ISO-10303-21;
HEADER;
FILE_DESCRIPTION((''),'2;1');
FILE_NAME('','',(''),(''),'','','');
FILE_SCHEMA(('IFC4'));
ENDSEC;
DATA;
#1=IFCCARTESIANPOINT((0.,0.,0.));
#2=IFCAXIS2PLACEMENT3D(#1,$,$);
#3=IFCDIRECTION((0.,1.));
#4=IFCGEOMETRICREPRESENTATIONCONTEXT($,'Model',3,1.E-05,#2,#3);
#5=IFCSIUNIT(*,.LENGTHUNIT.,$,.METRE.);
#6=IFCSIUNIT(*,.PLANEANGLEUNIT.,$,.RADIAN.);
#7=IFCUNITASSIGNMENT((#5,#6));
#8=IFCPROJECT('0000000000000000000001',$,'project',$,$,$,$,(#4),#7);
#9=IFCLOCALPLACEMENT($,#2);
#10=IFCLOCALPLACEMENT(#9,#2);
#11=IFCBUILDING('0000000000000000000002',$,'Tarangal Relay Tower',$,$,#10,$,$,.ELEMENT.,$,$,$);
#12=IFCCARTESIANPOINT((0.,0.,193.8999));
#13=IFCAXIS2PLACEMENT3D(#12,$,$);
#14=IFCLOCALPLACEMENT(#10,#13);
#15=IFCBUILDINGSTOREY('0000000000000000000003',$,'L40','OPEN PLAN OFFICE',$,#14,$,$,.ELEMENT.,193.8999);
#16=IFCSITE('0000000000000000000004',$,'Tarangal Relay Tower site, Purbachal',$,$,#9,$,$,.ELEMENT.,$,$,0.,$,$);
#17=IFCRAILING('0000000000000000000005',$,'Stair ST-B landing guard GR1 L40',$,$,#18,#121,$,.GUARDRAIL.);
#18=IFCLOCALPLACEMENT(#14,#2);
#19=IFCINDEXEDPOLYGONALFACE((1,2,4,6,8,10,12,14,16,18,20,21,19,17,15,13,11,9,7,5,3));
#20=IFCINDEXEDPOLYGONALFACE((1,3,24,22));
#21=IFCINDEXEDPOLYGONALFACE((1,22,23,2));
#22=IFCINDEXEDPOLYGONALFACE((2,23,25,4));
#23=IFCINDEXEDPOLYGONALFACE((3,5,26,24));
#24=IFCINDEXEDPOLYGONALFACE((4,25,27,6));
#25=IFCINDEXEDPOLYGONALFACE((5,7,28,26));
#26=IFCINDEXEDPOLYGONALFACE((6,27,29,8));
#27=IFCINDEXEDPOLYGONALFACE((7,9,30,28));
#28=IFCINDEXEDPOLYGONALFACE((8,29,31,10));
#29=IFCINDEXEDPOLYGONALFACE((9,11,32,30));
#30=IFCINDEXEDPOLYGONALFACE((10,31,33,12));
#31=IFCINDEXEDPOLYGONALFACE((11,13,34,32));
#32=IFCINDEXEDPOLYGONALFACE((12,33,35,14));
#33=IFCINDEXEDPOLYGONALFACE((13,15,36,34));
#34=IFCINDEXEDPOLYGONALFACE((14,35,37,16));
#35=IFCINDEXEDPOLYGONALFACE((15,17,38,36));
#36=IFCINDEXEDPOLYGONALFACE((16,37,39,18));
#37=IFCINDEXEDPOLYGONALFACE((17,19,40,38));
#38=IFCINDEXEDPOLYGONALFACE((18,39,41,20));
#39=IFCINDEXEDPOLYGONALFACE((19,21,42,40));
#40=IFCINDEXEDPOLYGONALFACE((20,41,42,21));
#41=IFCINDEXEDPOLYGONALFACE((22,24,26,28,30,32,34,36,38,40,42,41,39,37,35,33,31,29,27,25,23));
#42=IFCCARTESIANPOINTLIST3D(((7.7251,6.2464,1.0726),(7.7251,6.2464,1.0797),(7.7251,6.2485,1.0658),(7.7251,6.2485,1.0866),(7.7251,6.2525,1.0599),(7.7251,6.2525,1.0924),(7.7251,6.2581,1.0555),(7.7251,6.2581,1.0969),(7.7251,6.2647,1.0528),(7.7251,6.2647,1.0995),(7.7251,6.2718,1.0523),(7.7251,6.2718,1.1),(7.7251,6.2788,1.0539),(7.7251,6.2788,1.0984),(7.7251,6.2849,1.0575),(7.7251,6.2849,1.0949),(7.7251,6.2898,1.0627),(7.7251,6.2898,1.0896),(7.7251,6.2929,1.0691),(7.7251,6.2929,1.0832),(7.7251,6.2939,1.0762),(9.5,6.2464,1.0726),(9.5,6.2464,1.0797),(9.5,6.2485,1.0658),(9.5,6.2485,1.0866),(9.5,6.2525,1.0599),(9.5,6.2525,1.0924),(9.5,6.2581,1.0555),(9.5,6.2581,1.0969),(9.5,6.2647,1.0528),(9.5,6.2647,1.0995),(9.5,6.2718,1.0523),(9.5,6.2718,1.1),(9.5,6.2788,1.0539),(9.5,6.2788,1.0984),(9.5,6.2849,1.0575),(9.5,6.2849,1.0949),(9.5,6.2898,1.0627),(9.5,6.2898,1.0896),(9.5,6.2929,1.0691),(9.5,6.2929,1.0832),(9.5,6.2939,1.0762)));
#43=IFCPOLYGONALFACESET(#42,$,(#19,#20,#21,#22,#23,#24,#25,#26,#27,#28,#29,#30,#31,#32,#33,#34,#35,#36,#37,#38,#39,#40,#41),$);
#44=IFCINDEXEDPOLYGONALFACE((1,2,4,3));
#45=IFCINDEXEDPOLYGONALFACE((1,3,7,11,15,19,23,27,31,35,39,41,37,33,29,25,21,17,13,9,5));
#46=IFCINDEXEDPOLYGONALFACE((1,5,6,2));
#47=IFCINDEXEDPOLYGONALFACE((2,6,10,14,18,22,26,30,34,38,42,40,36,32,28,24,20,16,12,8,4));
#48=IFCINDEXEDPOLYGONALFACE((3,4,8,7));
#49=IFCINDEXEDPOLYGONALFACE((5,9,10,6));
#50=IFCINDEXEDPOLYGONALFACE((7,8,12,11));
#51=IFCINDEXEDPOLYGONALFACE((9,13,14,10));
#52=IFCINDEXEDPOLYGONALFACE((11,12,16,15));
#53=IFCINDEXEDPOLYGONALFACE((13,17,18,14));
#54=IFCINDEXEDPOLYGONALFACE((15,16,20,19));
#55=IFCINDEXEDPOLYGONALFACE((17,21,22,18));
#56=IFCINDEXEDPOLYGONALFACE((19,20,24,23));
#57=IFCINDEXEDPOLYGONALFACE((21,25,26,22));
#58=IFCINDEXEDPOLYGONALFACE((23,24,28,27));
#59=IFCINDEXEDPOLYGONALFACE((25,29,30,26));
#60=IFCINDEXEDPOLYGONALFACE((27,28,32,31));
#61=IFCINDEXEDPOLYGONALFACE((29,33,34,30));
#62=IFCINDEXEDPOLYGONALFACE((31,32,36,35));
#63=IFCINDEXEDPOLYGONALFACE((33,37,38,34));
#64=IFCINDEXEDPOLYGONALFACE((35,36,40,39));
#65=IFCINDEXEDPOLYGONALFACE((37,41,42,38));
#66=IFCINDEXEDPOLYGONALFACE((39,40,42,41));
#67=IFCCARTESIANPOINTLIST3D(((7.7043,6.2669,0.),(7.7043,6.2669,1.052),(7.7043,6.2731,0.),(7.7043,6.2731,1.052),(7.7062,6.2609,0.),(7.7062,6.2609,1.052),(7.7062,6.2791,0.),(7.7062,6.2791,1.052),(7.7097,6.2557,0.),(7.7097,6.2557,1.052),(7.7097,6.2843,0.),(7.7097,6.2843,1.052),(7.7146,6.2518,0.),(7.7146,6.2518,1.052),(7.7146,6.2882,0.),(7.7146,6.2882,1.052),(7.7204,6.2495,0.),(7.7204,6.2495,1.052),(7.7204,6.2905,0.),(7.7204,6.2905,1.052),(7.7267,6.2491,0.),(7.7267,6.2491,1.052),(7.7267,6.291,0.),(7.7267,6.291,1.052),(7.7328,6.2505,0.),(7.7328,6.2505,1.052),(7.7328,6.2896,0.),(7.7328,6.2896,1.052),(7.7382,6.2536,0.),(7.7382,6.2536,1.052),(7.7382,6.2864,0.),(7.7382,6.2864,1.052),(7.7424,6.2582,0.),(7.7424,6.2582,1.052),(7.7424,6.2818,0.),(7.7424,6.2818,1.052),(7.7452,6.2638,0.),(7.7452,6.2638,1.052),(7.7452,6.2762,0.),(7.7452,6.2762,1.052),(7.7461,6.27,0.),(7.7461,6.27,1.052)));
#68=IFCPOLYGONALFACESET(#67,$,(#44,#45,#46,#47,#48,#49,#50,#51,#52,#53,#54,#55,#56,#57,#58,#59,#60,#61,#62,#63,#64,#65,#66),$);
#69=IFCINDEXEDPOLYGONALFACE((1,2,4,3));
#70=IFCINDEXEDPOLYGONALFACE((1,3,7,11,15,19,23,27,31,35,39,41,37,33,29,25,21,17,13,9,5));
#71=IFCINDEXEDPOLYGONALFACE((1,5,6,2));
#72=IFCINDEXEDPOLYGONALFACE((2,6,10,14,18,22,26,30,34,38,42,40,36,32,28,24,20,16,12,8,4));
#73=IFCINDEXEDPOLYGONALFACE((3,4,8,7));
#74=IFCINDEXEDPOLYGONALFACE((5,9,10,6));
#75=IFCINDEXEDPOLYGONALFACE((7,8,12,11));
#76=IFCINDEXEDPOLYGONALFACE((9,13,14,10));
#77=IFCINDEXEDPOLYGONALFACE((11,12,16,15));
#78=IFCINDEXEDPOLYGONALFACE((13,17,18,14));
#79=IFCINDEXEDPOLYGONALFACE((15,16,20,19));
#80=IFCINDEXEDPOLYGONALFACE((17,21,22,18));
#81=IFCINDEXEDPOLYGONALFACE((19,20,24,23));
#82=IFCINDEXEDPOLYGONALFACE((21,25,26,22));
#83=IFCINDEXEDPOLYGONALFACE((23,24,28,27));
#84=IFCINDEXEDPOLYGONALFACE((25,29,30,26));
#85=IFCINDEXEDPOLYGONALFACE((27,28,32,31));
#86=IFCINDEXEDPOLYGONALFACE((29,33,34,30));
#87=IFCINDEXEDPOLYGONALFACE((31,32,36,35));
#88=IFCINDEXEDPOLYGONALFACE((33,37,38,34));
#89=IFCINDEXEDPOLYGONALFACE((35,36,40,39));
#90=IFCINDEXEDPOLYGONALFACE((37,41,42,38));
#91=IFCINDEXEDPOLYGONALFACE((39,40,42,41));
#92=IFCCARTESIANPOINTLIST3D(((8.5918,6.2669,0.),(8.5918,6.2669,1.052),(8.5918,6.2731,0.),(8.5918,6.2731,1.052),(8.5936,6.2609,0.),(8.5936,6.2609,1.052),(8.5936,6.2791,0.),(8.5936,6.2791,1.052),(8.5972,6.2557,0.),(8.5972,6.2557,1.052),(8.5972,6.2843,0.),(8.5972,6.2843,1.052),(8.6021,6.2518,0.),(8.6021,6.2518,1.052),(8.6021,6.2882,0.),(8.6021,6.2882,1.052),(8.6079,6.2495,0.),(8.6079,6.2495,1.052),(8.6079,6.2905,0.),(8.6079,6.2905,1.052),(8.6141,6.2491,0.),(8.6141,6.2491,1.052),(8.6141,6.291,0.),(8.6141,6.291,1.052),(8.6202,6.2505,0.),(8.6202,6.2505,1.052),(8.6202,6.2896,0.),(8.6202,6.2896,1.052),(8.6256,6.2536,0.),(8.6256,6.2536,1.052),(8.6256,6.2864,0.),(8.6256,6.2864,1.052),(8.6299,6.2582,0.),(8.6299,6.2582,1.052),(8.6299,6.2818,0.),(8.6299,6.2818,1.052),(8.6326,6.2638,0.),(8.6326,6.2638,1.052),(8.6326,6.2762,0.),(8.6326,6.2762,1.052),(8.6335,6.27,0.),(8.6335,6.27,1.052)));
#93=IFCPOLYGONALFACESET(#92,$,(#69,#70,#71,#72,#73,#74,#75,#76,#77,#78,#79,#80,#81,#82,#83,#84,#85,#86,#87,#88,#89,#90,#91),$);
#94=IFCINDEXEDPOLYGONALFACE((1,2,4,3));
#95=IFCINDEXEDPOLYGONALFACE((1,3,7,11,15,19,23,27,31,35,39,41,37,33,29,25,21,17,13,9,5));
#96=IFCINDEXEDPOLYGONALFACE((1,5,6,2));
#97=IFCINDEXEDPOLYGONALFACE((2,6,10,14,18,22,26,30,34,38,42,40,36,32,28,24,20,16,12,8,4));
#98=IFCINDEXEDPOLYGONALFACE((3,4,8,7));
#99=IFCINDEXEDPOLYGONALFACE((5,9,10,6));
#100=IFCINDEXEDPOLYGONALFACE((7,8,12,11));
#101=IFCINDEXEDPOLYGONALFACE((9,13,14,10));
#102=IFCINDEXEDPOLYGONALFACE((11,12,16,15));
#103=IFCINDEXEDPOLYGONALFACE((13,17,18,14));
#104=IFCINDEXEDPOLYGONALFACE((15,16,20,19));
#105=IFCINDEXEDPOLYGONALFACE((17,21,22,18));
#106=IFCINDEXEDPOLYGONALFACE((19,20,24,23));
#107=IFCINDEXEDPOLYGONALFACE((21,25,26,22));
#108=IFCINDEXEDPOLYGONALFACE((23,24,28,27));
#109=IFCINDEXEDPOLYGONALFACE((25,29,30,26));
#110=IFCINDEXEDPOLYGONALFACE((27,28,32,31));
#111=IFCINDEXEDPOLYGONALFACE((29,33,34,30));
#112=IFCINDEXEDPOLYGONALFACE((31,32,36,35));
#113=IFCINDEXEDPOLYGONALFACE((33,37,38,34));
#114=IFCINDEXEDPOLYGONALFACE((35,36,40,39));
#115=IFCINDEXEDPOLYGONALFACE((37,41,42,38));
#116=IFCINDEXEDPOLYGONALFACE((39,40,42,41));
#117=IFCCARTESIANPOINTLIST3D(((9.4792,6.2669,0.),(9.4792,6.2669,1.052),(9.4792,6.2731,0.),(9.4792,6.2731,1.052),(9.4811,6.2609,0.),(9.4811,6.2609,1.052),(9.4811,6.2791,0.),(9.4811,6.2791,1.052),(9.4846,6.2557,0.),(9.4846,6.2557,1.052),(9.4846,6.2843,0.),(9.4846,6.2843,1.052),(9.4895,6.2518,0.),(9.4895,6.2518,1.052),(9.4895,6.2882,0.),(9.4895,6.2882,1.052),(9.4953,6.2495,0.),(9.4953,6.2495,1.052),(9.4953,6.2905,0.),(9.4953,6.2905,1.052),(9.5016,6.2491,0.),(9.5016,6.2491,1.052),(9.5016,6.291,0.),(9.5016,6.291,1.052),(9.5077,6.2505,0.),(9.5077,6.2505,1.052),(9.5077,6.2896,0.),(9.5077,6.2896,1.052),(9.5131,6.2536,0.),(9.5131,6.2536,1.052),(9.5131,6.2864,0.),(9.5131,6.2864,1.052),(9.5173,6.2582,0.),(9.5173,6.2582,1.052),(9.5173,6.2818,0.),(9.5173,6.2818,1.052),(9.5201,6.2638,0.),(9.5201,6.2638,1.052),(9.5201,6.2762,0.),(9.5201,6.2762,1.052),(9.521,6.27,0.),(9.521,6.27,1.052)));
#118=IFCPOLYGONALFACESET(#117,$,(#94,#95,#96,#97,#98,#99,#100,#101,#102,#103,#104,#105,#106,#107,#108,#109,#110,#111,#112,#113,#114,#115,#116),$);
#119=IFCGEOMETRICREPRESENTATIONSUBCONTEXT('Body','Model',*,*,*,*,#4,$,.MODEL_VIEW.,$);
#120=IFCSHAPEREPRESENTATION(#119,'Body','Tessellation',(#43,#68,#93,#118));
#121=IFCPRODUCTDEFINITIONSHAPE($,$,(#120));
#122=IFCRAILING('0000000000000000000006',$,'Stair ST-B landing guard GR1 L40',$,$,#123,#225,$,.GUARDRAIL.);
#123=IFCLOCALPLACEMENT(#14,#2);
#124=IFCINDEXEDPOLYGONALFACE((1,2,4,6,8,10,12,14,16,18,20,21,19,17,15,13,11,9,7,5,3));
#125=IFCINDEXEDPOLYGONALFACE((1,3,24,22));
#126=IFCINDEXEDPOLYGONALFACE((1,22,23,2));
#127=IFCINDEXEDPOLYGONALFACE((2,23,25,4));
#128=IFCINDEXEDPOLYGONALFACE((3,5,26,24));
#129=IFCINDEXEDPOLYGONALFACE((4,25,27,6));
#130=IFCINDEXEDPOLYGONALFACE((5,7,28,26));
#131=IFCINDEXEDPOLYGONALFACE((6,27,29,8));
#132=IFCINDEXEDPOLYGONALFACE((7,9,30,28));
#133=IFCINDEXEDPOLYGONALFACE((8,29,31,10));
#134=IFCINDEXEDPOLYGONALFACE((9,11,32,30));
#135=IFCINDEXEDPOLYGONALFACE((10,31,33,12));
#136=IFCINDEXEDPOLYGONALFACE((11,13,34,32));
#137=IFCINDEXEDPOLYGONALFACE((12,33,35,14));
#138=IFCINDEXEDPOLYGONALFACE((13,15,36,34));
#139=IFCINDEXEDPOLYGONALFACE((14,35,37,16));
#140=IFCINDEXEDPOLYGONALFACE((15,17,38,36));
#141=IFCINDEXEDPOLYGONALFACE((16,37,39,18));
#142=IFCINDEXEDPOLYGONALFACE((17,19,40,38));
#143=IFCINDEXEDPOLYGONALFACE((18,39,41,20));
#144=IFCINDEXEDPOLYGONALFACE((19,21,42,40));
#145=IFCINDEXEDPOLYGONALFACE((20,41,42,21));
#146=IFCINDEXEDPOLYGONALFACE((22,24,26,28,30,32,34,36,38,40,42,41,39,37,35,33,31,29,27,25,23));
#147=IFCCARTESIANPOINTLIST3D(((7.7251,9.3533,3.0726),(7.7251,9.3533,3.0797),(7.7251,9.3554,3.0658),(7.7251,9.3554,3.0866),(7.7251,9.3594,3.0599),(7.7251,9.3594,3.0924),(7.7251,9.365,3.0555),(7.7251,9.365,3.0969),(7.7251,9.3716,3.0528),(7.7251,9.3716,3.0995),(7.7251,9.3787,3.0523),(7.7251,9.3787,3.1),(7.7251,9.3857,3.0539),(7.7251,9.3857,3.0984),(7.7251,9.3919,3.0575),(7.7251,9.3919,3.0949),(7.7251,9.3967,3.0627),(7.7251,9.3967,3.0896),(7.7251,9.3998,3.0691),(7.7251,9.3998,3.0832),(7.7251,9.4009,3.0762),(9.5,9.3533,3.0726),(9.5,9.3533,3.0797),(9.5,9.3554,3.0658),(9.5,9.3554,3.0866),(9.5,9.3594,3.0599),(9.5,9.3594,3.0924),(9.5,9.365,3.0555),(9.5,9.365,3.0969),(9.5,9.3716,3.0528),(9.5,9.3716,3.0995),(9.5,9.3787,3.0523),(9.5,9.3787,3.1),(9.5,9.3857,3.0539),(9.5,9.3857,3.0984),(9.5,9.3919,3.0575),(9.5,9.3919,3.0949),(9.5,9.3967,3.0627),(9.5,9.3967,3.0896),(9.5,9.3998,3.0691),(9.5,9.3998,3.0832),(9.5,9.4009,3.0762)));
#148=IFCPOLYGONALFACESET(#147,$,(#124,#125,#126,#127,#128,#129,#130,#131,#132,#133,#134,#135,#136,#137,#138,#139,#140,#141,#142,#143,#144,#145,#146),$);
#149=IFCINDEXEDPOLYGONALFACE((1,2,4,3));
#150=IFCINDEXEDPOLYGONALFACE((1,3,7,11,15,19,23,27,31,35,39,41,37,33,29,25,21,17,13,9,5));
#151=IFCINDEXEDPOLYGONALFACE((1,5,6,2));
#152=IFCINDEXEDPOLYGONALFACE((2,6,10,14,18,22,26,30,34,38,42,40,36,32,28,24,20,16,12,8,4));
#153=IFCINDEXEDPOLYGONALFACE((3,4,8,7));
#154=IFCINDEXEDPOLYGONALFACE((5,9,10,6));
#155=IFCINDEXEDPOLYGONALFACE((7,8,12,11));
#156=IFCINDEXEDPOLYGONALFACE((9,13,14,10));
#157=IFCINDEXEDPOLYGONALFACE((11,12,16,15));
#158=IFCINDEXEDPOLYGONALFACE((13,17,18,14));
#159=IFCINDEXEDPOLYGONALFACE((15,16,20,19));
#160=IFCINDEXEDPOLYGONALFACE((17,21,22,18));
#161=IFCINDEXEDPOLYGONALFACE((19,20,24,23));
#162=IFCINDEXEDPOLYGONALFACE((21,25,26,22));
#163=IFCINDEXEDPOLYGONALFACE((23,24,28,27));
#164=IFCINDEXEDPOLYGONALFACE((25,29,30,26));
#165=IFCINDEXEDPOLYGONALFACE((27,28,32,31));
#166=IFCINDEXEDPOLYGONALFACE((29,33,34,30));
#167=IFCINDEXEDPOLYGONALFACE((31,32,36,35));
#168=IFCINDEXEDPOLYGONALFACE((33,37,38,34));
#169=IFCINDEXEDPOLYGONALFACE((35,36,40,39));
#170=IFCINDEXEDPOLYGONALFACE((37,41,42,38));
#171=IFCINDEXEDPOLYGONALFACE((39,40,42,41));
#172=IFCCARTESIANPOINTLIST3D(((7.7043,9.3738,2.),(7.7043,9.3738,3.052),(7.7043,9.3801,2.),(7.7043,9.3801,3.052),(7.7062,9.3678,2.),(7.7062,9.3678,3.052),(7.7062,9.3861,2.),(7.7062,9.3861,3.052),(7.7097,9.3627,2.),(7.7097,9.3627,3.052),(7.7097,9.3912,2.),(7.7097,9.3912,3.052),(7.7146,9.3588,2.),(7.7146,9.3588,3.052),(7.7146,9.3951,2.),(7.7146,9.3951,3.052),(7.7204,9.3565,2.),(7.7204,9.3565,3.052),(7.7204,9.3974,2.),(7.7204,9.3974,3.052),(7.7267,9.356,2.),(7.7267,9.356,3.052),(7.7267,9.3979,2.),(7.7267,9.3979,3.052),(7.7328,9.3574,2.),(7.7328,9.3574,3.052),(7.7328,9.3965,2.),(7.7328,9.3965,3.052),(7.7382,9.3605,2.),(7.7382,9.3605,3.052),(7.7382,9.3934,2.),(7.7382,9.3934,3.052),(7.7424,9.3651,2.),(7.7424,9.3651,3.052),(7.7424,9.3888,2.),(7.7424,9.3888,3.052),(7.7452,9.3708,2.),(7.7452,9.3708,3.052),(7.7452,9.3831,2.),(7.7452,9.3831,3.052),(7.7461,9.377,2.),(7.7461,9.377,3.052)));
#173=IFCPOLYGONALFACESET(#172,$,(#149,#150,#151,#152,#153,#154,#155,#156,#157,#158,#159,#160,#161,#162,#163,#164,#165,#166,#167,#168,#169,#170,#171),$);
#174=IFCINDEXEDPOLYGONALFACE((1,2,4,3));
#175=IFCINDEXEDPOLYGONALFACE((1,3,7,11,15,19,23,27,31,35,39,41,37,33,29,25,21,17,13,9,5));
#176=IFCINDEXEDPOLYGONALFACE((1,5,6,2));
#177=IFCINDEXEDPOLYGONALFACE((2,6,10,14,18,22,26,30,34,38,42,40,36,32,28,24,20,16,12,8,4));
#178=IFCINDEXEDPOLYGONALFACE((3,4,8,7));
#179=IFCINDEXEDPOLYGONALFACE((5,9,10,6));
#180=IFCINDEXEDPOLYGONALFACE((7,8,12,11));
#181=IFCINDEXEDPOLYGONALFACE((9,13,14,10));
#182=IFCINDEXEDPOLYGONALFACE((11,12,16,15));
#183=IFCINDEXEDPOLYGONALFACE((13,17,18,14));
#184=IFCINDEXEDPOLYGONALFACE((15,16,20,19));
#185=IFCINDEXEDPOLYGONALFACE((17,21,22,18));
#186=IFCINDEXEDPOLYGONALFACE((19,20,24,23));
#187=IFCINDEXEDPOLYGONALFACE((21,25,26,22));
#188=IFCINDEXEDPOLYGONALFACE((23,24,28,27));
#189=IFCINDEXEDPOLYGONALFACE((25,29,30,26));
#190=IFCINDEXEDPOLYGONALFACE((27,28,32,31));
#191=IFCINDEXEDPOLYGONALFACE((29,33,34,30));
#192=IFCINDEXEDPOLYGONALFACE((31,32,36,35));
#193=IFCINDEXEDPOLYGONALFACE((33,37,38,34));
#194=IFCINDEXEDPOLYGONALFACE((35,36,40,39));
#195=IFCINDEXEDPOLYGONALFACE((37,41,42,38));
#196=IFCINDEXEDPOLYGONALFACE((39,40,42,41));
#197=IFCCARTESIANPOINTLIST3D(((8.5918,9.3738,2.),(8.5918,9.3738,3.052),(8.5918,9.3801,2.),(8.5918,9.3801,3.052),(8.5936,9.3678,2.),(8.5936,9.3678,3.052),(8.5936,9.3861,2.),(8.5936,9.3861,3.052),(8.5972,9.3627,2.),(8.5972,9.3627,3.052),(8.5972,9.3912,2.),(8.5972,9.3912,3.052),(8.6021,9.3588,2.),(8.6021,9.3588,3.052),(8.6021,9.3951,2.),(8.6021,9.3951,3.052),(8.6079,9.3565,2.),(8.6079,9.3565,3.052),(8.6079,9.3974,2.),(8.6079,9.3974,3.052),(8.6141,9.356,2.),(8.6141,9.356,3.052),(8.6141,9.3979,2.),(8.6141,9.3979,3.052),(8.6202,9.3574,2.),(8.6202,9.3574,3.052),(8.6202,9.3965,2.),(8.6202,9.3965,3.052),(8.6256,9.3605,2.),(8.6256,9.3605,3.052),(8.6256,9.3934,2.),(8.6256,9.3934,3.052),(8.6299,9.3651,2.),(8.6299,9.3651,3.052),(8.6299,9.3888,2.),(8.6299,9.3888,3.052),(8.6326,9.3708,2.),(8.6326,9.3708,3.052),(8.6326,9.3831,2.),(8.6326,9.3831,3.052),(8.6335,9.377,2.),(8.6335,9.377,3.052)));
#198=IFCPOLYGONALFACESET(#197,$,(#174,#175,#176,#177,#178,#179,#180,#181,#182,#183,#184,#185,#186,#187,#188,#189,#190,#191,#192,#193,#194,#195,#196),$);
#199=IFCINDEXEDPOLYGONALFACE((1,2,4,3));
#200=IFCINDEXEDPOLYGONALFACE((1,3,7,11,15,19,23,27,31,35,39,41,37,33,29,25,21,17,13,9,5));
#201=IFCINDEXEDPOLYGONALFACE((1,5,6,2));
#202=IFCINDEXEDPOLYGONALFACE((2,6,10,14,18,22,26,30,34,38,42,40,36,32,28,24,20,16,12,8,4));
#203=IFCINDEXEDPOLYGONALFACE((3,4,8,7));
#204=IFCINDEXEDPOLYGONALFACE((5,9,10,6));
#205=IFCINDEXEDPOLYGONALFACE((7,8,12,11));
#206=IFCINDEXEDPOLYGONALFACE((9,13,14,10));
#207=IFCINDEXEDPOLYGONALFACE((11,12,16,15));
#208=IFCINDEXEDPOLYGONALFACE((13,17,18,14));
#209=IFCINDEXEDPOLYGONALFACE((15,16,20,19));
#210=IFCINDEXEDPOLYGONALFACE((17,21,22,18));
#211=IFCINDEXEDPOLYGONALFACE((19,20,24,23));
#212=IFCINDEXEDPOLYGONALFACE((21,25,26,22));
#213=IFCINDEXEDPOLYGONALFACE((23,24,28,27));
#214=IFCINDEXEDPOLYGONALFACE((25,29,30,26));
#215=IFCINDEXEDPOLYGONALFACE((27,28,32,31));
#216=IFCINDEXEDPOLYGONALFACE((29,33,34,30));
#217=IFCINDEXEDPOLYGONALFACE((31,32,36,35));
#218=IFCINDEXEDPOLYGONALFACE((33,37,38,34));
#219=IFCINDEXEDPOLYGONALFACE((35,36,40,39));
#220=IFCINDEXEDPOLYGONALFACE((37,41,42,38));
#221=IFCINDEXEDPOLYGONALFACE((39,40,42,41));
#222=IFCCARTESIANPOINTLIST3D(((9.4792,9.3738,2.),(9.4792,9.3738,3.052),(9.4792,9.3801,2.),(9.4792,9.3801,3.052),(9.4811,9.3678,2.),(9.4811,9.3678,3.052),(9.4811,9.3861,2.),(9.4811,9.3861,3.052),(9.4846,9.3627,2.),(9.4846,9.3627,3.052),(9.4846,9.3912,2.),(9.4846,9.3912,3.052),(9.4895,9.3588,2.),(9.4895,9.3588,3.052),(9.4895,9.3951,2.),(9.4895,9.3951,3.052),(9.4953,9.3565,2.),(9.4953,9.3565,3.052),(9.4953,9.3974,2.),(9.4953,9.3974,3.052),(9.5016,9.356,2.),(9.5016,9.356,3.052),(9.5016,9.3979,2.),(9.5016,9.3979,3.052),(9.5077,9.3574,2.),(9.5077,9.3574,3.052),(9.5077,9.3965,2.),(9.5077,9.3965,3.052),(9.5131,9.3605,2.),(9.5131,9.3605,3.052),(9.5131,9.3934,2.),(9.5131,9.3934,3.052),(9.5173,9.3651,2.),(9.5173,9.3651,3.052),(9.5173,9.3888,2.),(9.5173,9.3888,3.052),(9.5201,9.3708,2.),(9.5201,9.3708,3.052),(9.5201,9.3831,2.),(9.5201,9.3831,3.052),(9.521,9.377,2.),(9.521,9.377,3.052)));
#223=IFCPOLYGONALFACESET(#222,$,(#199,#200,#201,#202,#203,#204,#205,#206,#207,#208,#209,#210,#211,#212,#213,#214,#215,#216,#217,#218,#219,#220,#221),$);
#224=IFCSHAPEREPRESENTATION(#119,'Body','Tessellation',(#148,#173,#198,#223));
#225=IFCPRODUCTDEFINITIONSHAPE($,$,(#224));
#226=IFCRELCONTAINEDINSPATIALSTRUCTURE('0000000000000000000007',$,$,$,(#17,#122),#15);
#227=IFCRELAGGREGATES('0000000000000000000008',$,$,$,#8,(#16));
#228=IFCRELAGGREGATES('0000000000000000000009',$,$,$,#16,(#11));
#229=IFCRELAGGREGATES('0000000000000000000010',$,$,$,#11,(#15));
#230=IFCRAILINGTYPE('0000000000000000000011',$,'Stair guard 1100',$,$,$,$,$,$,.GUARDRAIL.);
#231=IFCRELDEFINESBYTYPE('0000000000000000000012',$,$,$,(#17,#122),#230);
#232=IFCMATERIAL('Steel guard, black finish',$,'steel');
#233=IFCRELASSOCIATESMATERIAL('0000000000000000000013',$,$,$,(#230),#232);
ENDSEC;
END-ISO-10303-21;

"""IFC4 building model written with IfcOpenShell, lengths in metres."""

from ifc_helpers import new_model, si_unit, direction, frame, origin, origin_2d, place, context, subcontext, project, spatial, circle, extrude, material, type_object, element, save


model = new_model("IFC4")

# Units and contexts
model_context = context("Model", 3, precision=1e-05, world=origin(), true_north=direction((0.0, 1.0)))
body_context = subcontext(model_context, "Body", "Model", "MODEL_VIEW")
ifc_project = project(units=[si_unit("LENGTHUNIT", "METRE"), si_unit("PLANEANGLEUNIT", "RADIAN")], contexts=[model_context])

# Site, building, storey
site_placement = place(None, origin())
site = spatial("IfcSite", under=ifc_project, at=site_placement, Name="Tarangal Relay Tower site, Purbachal", CompositionType="ELEMENT", RefElevation=0.0)
building_placement = place(site_placement, origin())
building = spatial("IfcBuilding", under=site, at=building_placement, Name="Tarangal Relay Tower", CompositionType="ELEMENT")
storey_placement = place(building_placement, frame((0.0, 0.0, 193.8999)))
storey = spatial("IfcBuildingStorey", under=building, at=storey_placement, Name="L40", Description="OPEN PLAN OFFICE", CompositionType="ELEMENT", Elevation=193.8999)

# Railings
ifc_material_1 = material(Name="Steel guard, black finish", Category="steel")
railing_type_1 = type_object("IfcRailingType", Name="Stair guard 1100", PredefinedType="GUARDRAIL", material=ifc_material_1)
for number, where, name in (
    (1, (7.7251, 6.27, 0.0), "Stair ST-B landing guard GR1 L40"),
    (2, (7.7251, 9.377, 2.0), "Stair ST-B landing guard GR1 L40"),
):
    element("IfcRailing", number, at=place(storey_placement, frame(where)), inside=storey, type_object=railing_type_1, Name=name, PredefinedType="GUARDRAIL", context=body_context, shape_type="SweptSolid", body=[
        extrude(circle(Radius=0.0239, at=origin_2d()), frame((0.0, 0.0, 1.0762), z_axis=(1.0, 0.0, 0.0), x_axis=(0.0, 1.0, 0.0)), (0.0, 0.0, 1.0), 1.7749),
        extrude(circle(Radius=0.021, at=origin_2d()), origin(), (0.0, 0.0, 1.0), 1.052),
        extrude(circle(Radius=0.021, at=origin_2d()), frame((0.8875, 0.0, 0.0)), (0.0, 0.0, 1.0), 1.052),
        extrude(circle(Radius=0.021, at=origin_2d()), frame((1.7749, 0.0, 0.0)), (0.0, 0.0, 1.0), 1.052),
    ])

save(model, "model.ifc")
